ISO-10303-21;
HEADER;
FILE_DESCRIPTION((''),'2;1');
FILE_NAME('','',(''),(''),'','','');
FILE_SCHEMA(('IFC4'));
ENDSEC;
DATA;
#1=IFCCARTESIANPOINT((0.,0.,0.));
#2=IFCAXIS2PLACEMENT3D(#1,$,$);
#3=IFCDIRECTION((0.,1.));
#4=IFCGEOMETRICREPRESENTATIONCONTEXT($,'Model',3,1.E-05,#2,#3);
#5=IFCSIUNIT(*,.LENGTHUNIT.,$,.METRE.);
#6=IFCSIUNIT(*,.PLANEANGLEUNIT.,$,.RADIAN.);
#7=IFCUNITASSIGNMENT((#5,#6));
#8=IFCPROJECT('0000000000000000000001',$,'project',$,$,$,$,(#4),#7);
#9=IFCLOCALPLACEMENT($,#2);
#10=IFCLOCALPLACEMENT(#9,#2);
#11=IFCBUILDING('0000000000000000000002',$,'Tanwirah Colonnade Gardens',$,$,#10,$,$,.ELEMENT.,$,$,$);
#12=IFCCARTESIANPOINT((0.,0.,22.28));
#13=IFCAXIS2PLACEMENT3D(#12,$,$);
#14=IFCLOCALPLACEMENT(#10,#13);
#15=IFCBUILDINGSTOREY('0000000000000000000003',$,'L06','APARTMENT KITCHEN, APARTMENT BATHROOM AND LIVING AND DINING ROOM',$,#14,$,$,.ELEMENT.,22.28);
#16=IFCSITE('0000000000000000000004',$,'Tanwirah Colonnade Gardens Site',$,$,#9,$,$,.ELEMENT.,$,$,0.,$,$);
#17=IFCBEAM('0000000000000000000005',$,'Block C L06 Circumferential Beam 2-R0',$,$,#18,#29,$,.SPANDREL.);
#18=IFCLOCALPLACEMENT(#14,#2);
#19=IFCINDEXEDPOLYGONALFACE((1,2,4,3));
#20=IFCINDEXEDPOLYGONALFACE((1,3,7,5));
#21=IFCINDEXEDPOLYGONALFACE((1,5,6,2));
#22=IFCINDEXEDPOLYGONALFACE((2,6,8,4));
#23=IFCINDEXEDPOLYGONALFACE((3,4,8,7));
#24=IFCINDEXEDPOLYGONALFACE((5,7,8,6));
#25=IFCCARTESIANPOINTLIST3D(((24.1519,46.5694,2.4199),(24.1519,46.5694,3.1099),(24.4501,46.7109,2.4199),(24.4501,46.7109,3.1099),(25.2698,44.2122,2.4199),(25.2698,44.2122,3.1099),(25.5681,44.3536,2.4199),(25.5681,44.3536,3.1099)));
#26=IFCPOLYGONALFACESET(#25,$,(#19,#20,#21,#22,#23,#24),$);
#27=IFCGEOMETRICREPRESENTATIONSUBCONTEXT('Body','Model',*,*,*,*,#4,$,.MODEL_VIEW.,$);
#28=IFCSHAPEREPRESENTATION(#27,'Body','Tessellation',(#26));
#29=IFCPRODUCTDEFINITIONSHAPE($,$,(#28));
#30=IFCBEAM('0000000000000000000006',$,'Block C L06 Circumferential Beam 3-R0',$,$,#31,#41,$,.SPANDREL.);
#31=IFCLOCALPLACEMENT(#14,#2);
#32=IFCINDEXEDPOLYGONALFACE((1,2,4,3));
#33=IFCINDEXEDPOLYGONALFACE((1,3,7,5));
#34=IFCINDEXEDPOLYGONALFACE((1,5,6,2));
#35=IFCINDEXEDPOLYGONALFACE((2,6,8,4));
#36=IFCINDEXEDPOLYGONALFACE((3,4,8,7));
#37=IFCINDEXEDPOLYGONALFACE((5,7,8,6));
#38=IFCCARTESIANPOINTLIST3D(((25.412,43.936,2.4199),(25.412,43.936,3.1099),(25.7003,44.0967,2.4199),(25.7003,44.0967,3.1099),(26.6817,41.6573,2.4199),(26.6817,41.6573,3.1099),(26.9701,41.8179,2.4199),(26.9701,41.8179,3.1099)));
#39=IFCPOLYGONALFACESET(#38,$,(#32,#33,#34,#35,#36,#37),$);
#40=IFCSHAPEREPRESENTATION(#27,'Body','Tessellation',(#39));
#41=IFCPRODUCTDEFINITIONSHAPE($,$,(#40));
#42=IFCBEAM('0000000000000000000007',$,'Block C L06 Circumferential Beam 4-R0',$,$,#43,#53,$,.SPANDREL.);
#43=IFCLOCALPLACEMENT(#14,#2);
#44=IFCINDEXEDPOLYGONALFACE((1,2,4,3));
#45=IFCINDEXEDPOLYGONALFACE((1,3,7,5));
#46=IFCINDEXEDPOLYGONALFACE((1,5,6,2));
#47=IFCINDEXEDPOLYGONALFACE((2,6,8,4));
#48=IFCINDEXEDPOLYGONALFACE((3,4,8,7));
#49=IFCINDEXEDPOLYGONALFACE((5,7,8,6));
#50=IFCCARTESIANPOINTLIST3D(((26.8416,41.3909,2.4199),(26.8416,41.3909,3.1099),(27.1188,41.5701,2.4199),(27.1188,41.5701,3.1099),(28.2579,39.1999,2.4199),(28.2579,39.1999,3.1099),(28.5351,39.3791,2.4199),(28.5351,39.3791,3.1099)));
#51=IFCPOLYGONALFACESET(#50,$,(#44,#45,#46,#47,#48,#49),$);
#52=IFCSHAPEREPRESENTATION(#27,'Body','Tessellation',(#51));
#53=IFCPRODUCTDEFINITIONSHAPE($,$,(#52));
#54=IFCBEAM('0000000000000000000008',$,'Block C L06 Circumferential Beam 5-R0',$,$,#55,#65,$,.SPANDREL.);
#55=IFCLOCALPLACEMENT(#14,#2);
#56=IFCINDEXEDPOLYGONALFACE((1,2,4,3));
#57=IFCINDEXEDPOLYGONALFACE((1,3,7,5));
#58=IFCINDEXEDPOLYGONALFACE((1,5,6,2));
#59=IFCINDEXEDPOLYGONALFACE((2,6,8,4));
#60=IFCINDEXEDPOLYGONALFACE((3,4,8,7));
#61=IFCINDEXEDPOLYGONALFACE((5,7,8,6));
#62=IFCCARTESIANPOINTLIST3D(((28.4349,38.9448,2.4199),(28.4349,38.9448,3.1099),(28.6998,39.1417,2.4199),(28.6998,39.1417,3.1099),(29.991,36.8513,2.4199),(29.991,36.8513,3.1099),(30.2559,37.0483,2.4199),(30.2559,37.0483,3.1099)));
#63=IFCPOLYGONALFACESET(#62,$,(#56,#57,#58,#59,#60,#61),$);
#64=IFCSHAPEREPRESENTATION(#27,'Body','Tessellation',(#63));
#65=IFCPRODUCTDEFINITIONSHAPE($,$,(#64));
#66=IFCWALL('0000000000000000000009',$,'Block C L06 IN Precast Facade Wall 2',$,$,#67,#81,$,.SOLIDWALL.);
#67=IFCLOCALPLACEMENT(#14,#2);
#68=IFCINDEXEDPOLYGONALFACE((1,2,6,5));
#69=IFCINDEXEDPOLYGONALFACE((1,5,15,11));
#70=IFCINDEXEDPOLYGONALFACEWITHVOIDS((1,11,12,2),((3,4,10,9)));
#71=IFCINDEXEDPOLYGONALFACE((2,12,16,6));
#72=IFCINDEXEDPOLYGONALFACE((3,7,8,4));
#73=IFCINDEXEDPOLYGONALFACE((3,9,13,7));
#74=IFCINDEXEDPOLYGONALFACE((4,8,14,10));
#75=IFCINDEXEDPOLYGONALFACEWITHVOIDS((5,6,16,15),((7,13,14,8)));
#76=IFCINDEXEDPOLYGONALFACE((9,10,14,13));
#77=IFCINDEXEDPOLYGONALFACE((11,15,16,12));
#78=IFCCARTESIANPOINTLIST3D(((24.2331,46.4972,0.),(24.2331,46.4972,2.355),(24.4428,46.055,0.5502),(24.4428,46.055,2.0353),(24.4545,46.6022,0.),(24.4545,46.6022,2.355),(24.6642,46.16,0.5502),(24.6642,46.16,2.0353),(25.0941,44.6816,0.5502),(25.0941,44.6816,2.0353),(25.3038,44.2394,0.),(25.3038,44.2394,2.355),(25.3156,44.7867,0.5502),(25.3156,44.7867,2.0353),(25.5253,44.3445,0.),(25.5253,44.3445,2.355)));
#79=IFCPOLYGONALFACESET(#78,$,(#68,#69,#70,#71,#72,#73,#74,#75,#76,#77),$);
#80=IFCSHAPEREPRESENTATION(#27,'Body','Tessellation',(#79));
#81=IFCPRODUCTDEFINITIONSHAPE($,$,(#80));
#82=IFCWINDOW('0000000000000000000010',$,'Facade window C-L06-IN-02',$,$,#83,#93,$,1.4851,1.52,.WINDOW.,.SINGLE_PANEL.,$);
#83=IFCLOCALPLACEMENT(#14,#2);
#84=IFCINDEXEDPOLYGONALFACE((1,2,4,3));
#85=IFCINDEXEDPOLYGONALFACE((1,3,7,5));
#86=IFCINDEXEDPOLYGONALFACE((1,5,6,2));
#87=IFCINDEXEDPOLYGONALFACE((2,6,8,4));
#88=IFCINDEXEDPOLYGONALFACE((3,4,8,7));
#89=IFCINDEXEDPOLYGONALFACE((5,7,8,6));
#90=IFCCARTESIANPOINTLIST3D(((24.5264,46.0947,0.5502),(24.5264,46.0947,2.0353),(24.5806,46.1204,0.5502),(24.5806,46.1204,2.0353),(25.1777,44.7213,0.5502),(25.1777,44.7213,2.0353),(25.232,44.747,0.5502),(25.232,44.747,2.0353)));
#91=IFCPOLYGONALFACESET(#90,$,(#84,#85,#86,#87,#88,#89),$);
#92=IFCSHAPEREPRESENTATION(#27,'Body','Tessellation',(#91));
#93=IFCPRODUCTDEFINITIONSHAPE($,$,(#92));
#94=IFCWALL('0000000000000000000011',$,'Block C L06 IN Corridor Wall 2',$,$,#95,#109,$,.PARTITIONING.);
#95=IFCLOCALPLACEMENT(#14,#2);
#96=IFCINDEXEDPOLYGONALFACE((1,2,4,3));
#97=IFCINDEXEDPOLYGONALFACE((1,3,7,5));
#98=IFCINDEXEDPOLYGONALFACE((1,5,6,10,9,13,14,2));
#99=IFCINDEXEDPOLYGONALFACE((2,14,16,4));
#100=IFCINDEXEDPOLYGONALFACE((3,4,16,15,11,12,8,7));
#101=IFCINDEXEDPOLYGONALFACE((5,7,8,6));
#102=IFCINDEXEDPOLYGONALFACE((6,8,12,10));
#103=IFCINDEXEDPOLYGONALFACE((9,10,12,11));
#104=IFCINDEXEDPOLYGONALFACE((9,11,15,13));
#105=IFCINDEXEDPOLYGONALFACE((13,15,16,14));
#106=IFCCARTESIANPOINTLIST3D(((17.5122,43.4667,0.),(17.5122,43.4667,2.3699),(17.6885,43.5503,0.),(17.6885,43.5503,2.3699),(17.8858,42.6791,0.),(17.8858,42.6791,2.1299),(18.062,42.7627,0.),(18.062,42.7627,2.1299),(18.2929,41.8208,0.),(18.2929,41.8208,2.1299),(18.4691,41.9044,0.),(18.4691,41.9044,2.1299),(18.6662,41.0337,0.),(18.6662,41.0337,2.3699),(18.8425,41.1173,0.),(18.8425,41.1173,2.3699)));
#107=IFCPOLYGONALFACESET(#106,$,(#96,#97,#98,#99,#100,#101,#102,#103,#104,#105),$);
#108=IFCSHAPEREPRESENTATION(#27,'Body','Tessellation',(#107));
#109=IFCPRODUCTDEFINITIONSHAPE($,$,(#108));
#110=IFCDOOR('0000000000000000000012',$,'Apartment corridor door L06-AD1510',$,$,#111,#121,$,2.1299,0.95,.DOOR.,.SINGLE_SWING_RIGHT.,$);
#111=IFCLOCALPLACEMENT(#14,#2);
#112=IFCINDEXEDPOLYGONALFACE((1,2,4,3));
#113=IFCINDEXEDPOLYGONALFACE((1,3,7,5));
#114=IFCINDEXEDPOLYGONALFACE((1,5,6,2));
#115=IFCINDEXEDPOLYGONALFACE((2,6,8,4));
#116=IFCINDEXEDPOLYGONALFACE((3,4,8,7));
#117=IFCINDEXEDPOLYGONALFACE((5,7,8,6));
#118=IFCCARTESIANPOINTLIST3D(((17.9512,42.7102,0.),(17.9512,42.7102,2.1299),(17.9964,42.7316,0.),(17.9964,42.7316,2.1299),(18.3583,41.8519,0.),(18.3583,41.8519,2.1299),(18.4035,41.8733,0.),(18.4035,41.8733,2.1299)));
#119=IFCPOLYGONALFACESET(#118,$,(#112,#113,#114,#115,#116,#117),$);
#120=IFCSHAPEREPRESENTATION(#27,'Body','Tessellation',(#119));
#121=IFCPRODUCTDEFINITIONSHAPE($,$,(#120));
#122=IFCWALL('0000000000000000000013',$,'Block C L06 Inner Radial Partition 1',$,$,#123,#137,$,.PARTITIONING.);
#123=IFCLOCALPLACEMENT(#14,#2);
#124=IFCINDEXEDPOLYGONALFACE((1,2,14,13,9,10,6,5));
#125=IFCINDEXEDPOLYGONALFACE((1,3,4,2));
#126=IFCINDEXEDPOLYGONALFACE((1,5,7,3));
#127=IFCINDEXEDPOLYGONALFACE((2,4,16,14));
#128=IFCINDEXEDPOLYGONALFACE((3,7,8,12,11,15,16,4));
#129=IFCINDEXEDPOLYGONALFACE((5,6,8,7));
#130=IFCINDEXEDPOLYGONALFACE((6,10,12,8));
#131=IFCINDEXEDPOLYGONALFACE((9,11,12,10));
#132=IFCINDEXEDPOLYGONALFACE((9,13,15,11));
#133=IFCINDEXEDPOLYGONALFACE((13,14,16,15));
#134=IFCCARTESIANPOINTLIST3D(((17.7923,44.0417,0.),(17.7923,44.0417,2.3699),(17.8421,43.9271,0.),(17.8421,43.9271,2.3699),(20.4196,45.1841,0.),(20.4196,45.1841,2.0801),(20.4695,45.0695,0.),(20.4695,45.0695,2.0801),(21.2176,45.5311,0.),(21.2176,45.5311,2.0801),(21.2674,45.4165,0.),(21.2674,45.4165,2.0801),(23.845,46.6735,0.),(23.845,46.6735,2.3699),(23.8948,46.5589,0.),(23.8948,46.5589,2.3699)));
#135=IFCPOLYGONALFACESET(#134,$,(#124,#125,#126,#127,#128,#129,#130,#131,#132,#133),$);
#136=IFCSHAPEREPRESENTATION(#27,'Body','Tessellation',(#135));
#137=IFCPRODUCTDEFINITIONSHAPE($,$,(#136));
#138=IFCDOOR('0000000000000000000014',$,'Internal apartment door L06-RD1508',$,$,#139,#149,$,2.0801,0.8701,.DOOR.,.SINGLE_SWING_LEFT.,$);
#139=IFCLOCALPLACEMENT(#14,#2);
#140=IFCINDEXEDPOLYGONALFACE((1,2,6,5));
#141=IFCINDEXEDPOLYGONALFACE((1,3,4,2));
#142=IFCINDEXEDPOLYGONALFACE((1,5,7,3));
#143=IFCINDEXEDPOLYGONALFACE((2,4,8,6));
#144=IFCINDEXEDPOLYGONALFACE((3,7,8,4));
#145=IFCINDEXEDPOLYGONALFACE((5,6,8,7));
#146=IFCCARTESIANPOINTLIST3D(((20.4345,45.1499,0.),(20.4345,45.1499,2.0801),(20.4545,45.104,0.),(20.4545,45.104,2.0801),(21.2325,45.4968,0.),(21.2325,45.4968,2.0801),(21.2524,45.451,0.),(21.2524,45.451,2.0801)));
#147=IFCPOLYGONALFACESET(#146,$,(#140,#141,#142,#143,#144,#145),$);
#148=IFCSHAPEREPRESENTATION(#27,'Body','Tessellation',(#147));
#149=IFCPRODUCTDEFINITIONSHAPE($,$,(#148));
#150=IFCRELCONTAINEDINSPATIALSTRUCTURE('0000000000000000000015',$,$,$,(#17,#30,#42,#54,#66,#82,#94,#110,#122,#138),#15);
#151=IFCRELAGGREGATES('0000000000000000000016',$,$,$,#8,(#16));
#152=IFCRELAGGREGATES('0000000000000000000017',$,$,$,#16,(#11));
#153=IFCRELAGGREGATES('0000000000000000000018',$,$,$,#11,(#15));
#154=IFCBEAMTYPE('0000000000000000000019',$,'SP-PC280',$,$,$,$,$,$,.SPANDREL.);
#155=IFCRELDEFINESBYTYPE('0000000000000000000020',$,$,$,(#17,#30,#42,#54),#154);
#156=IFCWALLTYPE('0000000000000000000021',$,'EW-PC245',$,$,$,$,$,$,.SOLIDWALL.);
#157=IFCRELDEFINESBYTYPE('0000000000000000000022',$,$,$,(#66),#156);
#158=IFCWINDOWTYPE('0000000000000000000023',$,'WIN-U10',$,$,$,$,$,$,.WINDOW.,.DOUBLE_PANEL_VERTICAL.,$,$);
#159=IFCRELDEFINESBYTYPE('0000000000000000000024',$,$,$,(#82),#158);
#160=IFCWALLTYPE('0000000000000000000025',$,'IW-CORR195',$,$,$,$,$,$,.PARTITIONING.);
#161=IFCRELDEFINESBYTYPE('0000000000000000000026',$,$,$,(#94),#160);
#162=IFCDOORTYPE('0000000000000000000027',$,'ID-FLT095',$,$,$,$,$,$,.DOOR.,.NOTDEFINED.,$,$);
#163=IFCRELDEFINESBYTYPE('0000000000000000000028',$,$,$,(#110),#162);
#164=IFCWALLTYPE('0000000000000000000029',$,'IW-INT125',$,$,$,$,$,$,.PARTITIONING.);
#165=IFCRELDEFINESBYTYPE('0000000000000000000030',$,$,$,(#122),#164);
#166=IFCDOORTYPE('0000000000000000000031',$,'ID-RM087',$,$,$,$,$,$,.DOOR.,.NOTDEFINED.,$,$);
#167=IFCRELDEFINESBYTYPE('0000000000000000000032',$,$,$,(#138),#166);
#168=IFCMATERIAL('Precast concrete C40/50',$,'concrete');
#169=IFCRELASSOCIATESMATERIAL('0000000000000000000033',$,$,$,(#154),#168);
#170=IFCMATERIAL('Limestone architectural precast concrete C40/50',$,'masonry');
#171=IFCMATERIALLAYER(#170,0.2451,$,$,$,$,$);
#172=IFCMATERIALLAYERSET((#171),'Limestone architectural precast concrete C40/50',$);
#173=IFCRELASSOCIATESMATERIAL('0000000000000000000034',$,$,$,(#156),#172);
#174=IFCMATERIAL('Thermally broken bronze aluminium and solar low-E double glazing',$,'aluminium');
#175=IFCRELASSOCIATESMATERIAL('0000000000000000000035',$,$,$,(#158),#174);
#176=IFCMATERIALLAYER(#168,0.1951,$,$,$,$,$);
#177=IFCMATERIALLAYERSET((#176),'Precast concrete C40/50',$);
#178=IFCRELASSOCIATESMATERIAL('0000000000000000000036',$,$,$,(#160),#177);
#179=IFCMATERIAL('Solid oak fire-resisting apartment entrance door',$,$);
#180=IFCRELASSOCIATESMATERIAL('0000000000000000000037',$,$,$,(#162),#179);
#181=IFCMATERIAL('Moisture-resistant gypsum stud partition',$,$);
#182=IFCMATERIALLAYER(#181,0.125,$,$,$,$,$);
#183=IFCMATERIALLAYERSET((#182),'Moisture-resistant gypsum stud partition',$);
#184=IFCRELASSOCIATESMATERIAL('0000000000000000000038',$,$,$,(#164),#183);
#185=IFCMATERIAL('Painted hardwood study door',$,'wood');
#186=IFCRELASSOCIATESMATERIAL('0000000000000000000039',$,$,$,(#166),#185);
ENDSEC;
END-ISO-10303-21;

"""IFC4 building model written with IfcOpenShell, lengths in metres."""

from ifc_helpers import new_model, si_unit, direction, frame, frame_2d, origin, origin_2d, place, context, subcontext, project, spatial, rectangle, extrude, material, layer, layer_set, material_profile, profile_set, type_object, element, fill, save


model = new_model("IFC4")

# Units and contexts
model_context = context("Model", 3, precision=1e-05, world=origin(), true_north=direction((0.0, 1.0)))
body_context = subcontext(model_context, "Body", "Model", "MODEL_VIEW")
ifc_project = project(units=[si_unit("LENGTHUNIT", "METRE"), si_unit("PLANEANGLEUNIT", "RADIAN")], contexts=[model_context])

# Site, building, storey
site_placement = place(None, origin())
site = spatial("IfcSite", under=ifc_project, at=site_placement, Name="Tanwirah Colonnade Gardens Site", CompositionType="ELEMENT", RefElevation=0.0)
building_placement = place(site_placement, origin())
building = spatial("IfcBuilding", under=site, at=building_placement, Name="Tanwirah Colonnade Gardens", CompositionType="ELEMENT")
storey_placement = place(building_placement, frame((0.0, 0.0, 22.28)))
storey = spatial("IfcBuildingStorey", under=building, at=storey_placement, Name="L06", Description="APARTMENT KITCHEN, APARTMENT BATHROOM AND LIVING AND DINING ROOM", CompositionType="ELEMENT", Elevation=22.28)

# Shared definitions
ifc_material_1 = material(Name="Precast concrete C40/50", Category="concrete")

# Beams
ifc_material_profile_1 = material_profile(ifc_material_1, rectangle(XDim=0.3301, YDim=0.6899, at=origin_2d()), Name="PC-SP 330x690")
ifc_profile_set_1 = profile_set([ifc_material_profile_1], Name="Precast concrete C40/50")
beam_type_1 = type_object("IfcBeamType", Name="SP-PC280", PredefinedType="SPANDREL", material=ifc_profile_set_1)
beam_1_placement = place(storey_placement, frame((24.301, 46.6401, 2.7649), z_axis=(0.428513, -0.903536, 0.0), x_axis=(0.903536, 0.428513, 0.0)))
element("IfcBeam", 1, at=beam_1_placement, inside=storey, type_object=beam_type_1, Name="Block C L06 Circumferential Beam 2-R0", PredefinedType="SPANDREL", context=body_context, shape_type="SweptSolid", body=[
    extrude(rectangle(XDim=0.3301, YDim=0.6899, at=origin_2d()), origin(), (0.0, 0.0, 1.0), 2.6089),
])
beam_2_placement = place(storey_placement, frame((25.5562, 44.0164, 2.7649), z_axis=(0.486747, -0.873543, 0.0), x_axis=(0.873543, 0.486747, 0.0)))
element("IfcBeam", 2, at=beam_2_placement, inside=storey, type_object=beam_type_1, Name="Block C L06 Circumferential Beam 3-R0", PredefinedType="SPANDREL", context=body_context, shape_type="SweptSolid", body=[
    extrude(rectangle(XDim=0.3301, YDim=0.6899, at=origin_2d()), origin(), (0.0, 0.0, 1.0), 2.6086),
])
beam_3_placement = place(storey_placement, frame((26.9802, 41.4805, 2.7649), z_axis=(0.542875, -0.839814, 0.0), x_axis=(0.839814, 0.542875, 0.0)))
element("IfcBeam", 3, at=beam_3_placement, inside=storey, type_object=beam_type_1, Name="Block C L06 Circumferential Beam 4-R0", PredefinedType="SPANDREL", context=body_context, shape_type="SweptSolid", body=[
    extrude(rectangle(XDim=0.3301, YDim=0.6899, at=origin_2d()), origin(), (0.0, 0.0, 1.0), 2.6089),
])
beam_4_placement = place(storey_placement, frame((28.5674, 39.0432, 2.7649), z_axis=(0.596565, -0.802565, 0.0), x_axis=(0.802565, 0.596565, 0.0)))
element("IfcBeam", 4, at=beam_4_placement, inside=storey, type_object=beam_type_1, Name="Block C L06 Circumferential Beam 5-R0", PredefinedType="SPANDREL", context=body_context, shape_type="SweptSolid", body=[
    extrude(rectangle(XDim=0.3301, YDim=0.6899, at=origin_2d()), origin(), (0.0, 0.0, 1.0), 2.6084),
])

# Wall, opening, window
ifc_material_2 = material(Name="Limestone architectural precast concrete C40/50", Category="masonry")
ifc_layer_1 = layer(ifc_material_2, 0.2451)
ifc_layer_set_1 = layer_set([ifc_layer_1], Name="Limestone architectural precast concrete C40/50")
wall_type_1 = type_object("IfcWallType", Name="EW-PC245", PredefinedType="SOLIDWALL", material=ifc_layer_set_1)
wall_1_placement = place(storey_placement, frame((24.3438, 46.5498, 0.0), z_axis=(0.0, 0.0, 1.0), x_axis=(0.428515, -0.903535, 0.0)))
wall_1 = element("IfcWall", 5, at=wall_1_placement, inside=storey, type_object=wall_type_1, Name="Block C L06 IN Precast Facade Wall 2", PredefinedType="SOLIDWALL", context=body_context, shape_type="SweptSolid", body=[
    extrude(rectangle(XDim=2.4988, YDim=0.2451, at=frame_2d((1.2495, 0.0))), origin(), (0.0, 0.0, 1.0), 2.355),
])
opening_1_placement = place(wall_1_placement, frame((0.4895, 0.0, 0.55)))
opening_1 = element("IfcOpeningElement", 6, at=opening_1_placement, cuts=wall_1, PredefinedType="OPENING", context=body_context, shape_type="SweptSolid", body=[
    extrude(rectangle(XDim=1.52, YDim=1.4851, at=frame_2d((0.76, 0.7427))), frame((0.0, 0.1326, 0.0), z_axis=(0.0, -1.0, 0.0), x_axis=(1.0, 0.0, 0.0)), (0.0, 0.0, 1.0), 0.2651),
])
ifc_material_3 = material(Name="Thermally broken bronze aluminium and solar low-E double glazing", Category="aluminium")
window_type = type_object("IfcWindowType", Name="WIN-U10", PartitioningType="DOUBLE_PANEL_VERTICAL", PredefinedType="WINDOW", material=ifc_material_3)
window_placement = place(opening_1_placement, origin())
window = element("IfcWindow", 7, at=window_placement, inside=storey, type_object=window_type, Name="Facade window C-L06-IN-02", OverallHeight=1.4851, OverallWidth=1.52, PartitioningType="SINGLE_PANEL", PredefinedType="WINDOW", context=body_context, shape_type="SweptSolid", body=[
    extrude(rectangle(XDim=1.52, YDim=1.4851, at=frame_2d((0.76, 0.7427))), frame((0.0, 0.03, 0.0), z_axis=(0.0, -1.0, 0.0), x_axis=(1.0, 0.0, 0.0)), (0.0, 0.0, 1.0), 0.0601),
])
fill(opening_1, window)

# Walls, openings, doors
ifc_layer_2 = layer(ifc_material_1, 0.1951)
ifc_layer_set_2 = layer_set([ifc_layer_2], Name="Precast concrete C40/50")
wall_type_2 = type_object("IfcWallType", Name="IW-CORR195", PredefinedType="PARTITIONING", material=ifc_layer_set_2)
wall_2_placement = place(storey_placement, frame((17.6003, 43.5085, 0.0), z_axis=(0.0, 0.0, 1.0), x_axis=(0.42855, -0.903518, 0.0)))
wall_2 = element("IfcWall", 8, at=wall_2_placement, inside=storey, type_object=wall_type_2, Name="Block C L06 IN Corridor Wall 2", PredefinedType="PARTITIONING", context=body_context, shape_type="SweptSolid", body=[
    extrude(rectangle(XDim=2.6929, YDim=0.1951, at=frame_2d((1.3464, 0.0))), origin(), (0.0, 0.0, 1.0), 2.3699),
])
opening_2_placement = place(wall_2_placement, frame((0.8716, 0.0, 0.0)))
opening_2 = element("IfcOpeningElement", 9, at=opening_2_placement, cuts=wall_2, PredefinedType="OPENING", context=body_context, shape_type="SweptSolid", body=[
    extrude(rectangle(XDim=0.95, YDim=2.1299, at=frame_2d((0.4751, 1.0649))), frame((0.0, 0.1074, 0.0), z_axis=(0.0, -1.0, 0.0), x_axis=(1.0, 0.0, 0.0)), (0.0, 0.0, 1.0), 0.2151),
])
ifc_material_4 = material(Name="Solid oak fire-resisting apartment entrance door")
door_type_1 = type_object("IfcDoorType", Name="ID-FLT095", OperationType="NOTDEFINED", PredefinedType="DOOR", material=ifc_material_4)
door_1_placement = place(opening_2_placement, origin())
door_1 = element("IfcDoor", 10, at=door_1_placement, inside=storey, type_object=door_type_1, Name="Apartment corridor door L06-AD1510", OperationType="SINGLE_SWING_RIGHT", OverallHeight=2.1299, OverallWidth=0.95, PredefinedType="DOOR", context=body_context, shape_type="SweptSolid", body=[
    extrude(rectangle(XDim=0.95, YDim=2.1299, at=frame_2d((0.4751, 1.0649))), frame((0.0, 0.0249, 0.0), z_axis=(0.0, -1.0, 0.0), x_axis=(1.0, 0.0, 0.0)), (0.0, 0.0, 1.0), 0.05),
])
fill(opening_2, door_1)
ifc_material_5 = material(Name="Moisture-resistant gypsum stud partition")
ifc_layer_3 = layer(ifc_material_5, 0.125)
ifc_layer_set_3 = layer_set([ifc_layer_3], Name="Moisture-resistant gypsum stud partition")
wall_type_3 = type_object("IfcWallType", Name="IW-INT125", PredefinedType="PARTITIONING", material=ifc_layer_set_3)
wall_3_placement = place(storey_placement, frame((23.8699, 46.6162, 0.0), z_axis=(0.0, 0.0, 1.0), x_axis=(-0.917058, -0.398753, 0.0)))
wall_3 = element("IfcWall", 11, at=wall_3_placement, inside=storey, type_object=wall_type_3, Name="Block C L06 Inner Radial Partition 1", PredefinedType="PARTITIONING", context=body_context, shape_type="SweptSolid", body=[
    extrude(rectangle(XDim=6.6001, YDim=0.125, at=frame_2d((3.3, 0.0))), origin(), (0.0, 0.0, 1.0), 2.3699),
])
opening_3_placement = place(wall_3_placement, frame((2.865, 0.0, 0.0)))
opening_3 = element("IfcOpeningElement", 12, at=opening_3_placement, cuts=wall_3, PredefinedType="OPENING", context=body_context, shape_type="SweptSolid", body=[
    extrude(rectangle(XDim=0.8701, YDim=2.0801, at=frame_2d((0.4351, 1.04))), frame((0.0, 0.0725, 0.0), z_axis=(0.0, -1.0, 0.0), x_axis=(1.0, 0.0, 0.0)), (0.0, 0.0, 1.0), 0.145),
])
ifc_material_6 = material(Name="Painted hardwood study door", Category="wood")
door_type_2 = type_object("IfcDoorType", Name="ID-RM087", OperationType="NOTDEFINED", PredefinedType="DOOR", material=ifc_material_6)
door_2_placement = place(opening_3_placement, origin())
door_2 = element("IfcDoor", 13, at=door_2_placement, inside=storey, type_object=door_type_2, Name="Internal apartment door L06-RD1508", OperationType="SINGLE_SWING_LEFT", OverallHeight=2.0801, OverallWidth=0.8701, PredefinedType="DOOR", context=body_context, shape_type="SweptSolid", body=[
    extrude(rectangle(XDim=0.8701, YDim=2.0801, at=frame_2d((0.4351, 1.04))), frame((0.0, 0.0249, 0.0), z_axis=(0.0, -1.0, 0.0), x_axis=(1.0, 0.0, 0.0)), (0.0, 0.0, 1.0), 0.05),
])
fill(opening_3, door_2)

save(model, "model.ifc")
